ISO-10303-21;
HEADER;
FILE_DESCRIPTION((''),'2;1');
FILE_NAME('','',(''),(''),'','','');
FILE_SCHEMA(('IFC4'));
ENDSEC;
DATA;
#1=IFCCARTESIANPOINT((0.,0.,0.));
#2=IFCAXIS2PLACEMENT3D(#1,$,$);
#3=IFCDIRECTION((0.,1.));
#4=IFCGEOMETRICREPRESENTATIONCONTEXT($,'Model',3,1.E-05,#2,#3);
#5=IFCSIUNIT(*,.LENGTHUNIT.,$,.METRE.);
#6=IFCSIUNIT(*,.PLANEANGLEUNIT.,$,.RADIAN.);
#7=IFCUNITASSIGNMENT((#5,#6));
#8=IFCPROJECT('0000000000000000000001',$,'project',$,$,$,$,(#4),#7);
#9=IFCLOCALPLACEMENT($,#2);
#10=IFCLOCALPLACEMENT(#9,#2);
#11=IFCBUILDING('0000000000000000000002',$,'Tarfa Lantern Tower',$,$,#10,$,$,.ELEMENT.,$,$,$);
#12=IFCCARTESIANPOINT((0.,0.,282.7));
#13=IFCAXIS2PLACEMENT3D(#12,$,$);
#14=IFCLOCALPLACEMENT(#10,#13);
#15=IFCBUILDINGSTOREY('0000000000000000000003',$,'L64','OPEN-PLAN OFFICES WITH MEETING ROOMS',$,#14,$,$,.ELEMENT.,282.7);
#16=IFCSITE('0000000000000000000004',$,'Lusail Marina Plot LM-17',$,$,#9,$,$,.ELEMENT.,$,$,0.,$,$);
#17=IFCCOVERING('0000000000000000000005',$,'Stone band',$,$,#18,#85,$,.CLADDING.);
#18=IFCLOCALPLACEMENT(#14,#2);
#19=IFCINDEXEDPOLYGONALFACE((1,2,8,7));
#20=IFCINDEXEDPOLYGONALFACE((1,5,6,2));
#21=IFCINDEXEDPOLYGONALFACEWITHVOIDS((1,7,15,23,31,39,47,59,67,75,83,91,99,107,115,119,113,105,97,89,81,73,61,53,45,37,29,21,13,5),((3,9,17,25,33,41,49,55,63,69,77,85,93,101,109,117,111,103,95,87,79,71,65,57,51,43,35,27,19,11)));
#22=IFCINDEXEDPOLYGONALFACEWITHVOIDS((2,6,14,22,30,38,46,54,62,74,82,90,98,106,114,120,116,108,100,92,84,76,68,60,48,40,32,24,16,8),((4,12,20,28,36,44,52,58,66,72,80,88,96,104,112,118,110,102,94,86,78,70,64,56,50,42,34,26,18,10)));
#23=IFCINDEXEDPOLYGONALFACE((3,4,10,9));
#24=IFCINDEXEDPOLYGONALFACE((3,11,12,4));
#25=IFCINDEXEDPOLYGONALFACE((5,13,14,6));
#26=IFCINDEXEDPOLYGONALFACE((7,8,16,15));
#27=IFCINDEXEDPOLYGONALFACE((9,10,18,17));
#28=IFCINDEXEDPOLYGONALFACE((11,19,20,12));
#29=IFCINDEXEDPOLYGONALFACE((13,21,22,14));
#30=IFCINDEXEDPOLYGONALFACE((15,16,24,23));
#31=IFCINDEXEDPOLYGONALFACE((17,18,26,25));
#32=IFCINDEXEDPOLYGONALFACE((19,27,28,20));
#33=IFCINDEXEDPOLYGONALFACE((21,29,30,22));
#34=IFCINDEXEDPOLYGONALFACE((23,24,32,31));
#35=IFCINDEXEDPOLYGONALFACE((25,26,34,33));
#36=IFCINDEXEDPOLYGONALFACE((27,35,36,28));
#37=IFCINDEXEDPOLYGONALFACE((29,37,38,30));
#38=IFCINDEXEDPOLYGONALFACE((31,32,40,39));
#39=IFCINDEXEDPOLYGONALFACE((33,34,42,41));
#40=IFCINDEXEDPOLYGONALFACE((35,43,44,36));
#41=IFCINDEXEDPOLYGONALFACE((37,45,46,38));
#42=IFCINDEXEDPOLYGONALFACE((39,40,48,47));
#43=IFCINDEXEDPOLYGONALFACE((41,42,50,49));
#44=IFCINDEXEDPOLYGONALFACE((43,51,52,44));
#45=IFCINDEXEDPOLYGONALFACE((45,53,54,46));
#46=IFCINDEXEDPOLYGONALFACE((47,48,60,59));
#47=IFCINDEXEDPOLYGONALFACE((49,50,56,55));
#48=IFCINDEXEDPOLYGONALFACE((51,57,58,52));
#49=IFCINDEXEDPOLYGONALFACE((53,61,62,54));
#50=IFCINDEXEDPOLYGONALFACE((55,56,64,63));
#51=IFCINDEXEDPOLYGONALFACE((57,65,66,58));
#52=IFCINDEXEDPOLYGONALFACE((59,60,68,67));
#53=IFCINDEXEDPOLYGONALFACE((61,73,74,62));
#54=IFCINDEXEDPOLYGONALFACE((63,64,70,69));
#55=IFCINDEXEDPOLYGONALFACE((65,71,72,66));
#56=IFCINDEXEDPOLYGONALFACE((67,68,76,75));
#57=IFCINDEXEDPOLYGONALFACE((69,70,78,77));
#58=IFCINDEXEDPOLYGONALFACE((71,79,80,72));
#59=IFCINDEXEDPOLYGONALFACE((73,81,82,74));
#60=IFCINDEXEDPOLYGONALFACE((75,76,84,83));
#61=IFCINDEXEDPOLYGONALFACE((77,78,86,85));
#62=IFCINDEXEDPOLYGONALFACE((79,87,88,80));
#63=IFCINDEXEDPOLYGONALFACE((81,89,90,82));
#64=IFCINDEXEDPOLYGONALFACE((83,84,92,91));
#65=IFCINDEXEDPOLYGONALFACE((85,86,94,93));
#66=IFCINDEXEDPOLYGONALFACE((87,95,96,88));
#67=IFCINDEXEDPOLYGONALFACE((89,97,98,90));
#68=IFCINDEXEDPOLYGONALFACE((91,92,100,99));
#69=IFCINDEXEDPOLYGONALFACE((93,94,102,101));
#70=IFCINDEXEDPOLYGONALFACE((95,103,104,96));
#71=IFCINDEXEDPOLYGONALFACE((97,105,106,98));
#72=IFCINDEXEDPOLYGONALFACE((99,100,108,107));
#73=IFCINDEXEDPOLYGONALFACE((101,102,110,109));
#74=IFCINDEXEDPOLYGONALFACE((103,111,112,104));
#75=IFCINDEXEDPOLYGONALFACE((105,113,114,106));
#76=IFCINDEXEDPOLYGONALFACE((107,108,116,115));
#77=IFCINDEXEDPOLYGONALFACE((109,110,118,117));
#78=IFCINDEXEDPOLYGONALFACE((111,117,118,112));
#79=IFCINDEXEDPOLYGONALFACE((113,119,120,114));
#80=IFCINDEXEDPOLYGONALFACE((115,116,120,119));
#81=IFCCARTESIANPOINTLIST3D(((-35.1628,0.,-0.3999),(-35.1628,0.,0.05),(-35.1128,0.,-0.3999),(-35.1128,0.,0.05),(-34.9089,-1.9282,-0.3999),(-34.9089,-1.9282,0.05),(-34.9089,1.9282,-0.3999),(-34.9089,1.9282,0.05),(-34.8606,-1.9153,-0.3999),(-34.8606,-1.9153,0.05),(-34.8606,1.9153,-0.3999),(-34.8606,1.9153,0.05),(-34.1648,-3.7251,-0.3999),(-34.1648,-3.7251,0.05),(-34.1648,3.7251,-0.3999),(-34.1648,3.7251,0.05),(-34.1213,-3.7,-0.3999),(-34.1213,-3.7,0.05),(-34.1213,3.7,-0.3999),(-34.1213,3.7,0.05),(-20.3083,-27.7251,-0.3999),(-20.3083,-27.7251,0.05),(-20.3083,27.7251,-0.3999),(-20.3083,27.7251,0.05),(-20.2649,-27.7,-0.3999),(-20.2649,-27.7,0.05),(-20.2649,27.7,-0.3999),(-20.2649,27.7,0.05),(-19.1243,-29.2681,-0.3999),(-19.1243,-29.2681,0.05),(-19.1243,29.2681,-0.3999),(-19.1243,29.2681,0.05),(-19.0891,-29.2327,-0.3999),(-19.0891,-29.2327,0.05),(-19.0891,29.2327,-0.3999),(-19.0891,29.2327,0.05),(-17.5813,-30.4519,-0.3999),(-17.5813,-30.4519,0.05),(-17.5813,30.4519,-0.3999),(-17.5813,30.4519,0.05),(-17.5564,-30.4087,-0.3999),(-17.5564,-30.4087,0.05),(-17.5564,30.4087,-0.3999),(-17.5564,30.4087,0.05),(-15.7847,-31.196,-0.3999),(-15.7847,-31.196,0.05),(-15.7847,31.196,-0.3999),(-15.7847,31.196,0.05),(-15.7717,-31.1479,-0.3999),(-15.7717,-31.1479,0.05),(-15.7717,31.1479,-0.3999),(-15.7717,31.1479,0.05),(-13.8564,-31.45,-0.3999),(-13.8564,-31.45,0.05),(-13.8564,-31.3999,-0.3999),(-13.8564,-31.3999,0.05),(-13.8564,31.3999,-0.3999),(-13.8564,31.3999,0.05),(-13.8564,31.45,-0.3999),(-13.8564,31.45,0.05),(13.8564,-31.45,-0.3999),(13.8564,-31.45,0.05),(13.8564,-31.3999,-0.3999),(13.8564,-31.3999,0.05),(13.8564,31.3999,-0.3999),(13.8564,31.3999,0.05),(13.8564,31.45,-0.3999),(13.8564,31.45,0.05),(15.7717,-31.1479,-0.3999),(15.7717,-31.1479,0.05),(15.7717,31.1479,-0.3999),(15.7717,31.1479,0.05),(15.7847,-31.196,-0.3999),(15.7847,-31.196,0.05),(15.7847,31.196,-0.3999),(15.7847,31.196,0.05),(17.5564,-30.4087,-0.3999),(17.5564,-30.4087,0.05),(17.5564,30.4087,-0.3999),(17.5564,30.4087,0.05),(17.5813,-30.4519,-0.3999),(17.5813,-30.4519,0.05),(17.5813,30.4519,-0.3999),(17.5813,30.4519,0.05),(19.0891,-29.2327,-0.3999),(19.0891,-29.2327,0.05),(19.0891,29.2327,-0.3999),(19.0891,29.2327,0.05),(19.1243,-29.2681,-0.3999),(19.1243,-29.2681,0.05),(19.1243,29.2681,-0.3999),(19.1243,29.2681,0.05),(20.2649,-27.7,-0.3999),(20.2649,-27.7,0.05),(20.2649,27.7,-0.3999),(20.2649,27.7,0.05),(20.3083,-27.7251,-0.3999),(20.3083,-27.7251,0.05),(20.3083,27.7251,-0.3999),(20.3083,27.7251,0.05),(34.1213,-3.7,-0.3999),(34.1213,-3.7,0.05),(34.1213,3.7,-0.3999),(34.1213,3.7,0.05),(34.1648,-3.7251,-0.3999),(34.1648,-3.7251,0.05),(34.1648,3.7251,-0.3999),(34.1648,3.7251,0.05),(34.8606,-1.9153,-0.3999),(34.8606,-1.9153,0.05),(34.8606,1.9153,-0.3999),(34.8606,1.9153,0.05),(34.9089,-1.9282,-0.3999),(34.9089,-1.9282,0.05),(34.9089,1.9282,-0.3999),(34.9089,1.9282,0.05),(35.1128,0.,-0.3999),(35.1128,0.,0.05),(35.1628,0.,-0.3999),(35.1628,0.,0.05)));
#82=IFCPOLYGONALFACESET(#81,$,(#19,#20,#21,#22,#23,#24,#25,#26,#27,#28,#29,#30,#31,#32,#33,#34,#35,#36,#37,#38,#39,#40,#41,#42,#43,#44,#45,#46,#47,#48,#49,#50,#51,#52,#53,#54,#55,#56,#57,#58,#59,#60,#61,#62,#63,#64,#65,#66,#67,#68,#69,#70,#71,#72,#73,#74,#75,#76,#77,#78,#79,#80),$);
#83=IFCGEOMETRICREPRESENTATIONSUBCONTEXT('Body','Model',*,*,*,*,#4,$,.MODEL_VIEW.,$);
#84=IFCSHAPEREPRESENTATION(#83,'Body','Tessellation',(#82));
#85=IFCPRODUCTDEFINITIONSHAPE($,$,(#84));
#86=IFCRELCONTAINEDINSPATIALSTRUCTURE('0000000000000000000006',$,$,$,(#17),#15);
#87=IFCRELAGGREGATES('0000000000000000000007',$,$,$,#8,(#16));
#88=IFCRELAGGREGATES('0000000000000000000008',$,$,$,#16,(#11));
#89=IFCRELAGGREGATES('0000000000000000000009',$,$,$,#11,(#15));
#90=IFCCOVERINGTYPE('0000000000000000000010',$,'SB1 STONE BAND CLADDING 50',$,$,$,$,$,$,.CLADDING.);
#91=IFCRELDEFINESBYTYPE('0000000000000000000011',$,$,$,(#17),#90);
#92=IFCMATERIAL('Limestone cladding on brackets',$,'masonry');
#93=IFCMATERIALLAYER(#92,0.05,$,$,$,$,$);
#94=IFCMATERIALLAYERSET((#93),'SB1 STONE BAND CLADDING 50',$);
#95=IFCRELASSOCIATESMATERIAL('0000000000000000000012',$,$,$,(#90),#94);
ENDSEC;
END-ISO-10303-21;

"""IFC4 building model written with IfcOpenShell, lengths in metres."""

from ifc_helpers import new_model, si_unit, direction, frame, origin, place, context, subcontext, project, spatial, polyline, outline, extrude, material, layer, layer_set, type_object, element, save


model = new_model("IFC4")

# Units and contexts
model_context = context("Model", 3, precision=1e-05, world=origin(), true_north=direction((0.0, 1.0)))
body_context = subcontext(model_context, "Body", "Model", "MODEL_VIEW")
ifc_project = project(units=[si_unit("LENGTHUNIT", "METRE"), si_unit("PLANEANGLEUNIT", "RADIAN")], contexts=[model_context])

# Site, building, storey
site_placement = place(None, origin())
site = spatial("IfcSite", under=ifc_project, at=site_placement, Name="Lusail Marina Plot LM-17", CompositionType="ELEMENT", RefElevation=0.0)
building_placement = place(site_placement, origin())
building = spatial("IfcBuilding", under=site, at=building_placement, Name="Tarfa Lantern Tower", CompositionType="ELEMENT")
storey_placement = place(building_placement, frame((0.0, 0.0, 282.7)))
storey = spatial("IfcBuildingStorey", under=building, at=storey_placement, Name="L64", Description="OPEN-PLAN OFFICES WITH MEETING ROOMS", CompositionType="ELEMENT", Elevation=282.7)

# Covering
ifc_material_1 = material(Name="Limestone cladding on brackets", Category="masonry")
ifc_layer_1 = layer(ifc_material_1, 0.05)
ifc_layer_set_1 = layer_set([ifc_layer_1], Name="SB1 STONE BAND CLADDING 50")
covering_type_1 = type_object("IfcCoveringType", Name="SB1 STONE BAND CLADDING 50", PredefinedType="CLADDING", material=ifc_layer_set_1)
covering_1_placement = place(storey_placement, frame((0.0, 0.0, -0.3999)))
element("IfcCovering", 1, at=covering_1_placement, inside=storey, type_object=covering_type_1, Name="Stone band", PredefinedType="CLADDING", context=body_context, shape_type="SweptSolid", body=[
    extrude(outline(polyline([(34.1648, 3.7251), (20.3083, 27.7251), (19.1243, 29.2681), (17.5813, 30.4519), (15.7847, 31.196), (13.8564, 31.45), (-13.8564, 31.45), (-15.7847, 31.196), (-17.5813, 30.4519), (-19.1243, 29.2681), (-20.3083, 27.7251), (-34.1648, 3.7251), (-34.9089, 1.9282), (-35.1628, 0.0), (-34.9089, -1.9282), (-34.1648, -3.7251), (-20.3083, -27.7251), (-19.1243, -29.2681), (-17.5813, -30.4519), (-15.7847, -31.196), (-13.8564, -31.45), (13.8564, -31.45), (15.7847, -31.196), (17.5813, -30.4519), (19.1243, -29.2681), (20.3083, -27.7251), (34.1648, -3.7251), (34.9089, -1.9282), (35.1628, 0.0), (34.9089, 1.9282), (34.1648, 3.7251)]), holes=[polyline([(34.1213, 3.7), (20.2649, 27.7), (19.0891, 29.2327), (17.5564, 30.4087), (15.7717, 31.1479), (13.8564, 31.3999), (-13.8564, 31.3999), (-15.7717, 31.1479), (-17.5564, 30.4087), (-19.0891, 29.2327), (-20.2649, 27.7), (-34.1213, 3.7), (-34.8606, 1.9153), (-35.1128, 0.0), (-34.8606, -1.9153), (-34.1213, -3.7), (-20.2649, -27.7), (-19.0891, -29.2327), (-17.5564, -30.4087), (-15.7717, -31.1479), (-13.8564, -31.3999), (13.8564, -31.3999), (15.7717, -31.1479), (17.5564, -30.4087), (19.0891, -29.2327), (20.2649, -27.7), (34.1213, -3.7), (34.8606, -1.9153), (35.1128, 0.0), (34.8606, 1.9153), (34.1213, 3.7)])]), origin(), (0.0, 0.0, 1.0), 0.45),
])

save(model, "model.ifc")
